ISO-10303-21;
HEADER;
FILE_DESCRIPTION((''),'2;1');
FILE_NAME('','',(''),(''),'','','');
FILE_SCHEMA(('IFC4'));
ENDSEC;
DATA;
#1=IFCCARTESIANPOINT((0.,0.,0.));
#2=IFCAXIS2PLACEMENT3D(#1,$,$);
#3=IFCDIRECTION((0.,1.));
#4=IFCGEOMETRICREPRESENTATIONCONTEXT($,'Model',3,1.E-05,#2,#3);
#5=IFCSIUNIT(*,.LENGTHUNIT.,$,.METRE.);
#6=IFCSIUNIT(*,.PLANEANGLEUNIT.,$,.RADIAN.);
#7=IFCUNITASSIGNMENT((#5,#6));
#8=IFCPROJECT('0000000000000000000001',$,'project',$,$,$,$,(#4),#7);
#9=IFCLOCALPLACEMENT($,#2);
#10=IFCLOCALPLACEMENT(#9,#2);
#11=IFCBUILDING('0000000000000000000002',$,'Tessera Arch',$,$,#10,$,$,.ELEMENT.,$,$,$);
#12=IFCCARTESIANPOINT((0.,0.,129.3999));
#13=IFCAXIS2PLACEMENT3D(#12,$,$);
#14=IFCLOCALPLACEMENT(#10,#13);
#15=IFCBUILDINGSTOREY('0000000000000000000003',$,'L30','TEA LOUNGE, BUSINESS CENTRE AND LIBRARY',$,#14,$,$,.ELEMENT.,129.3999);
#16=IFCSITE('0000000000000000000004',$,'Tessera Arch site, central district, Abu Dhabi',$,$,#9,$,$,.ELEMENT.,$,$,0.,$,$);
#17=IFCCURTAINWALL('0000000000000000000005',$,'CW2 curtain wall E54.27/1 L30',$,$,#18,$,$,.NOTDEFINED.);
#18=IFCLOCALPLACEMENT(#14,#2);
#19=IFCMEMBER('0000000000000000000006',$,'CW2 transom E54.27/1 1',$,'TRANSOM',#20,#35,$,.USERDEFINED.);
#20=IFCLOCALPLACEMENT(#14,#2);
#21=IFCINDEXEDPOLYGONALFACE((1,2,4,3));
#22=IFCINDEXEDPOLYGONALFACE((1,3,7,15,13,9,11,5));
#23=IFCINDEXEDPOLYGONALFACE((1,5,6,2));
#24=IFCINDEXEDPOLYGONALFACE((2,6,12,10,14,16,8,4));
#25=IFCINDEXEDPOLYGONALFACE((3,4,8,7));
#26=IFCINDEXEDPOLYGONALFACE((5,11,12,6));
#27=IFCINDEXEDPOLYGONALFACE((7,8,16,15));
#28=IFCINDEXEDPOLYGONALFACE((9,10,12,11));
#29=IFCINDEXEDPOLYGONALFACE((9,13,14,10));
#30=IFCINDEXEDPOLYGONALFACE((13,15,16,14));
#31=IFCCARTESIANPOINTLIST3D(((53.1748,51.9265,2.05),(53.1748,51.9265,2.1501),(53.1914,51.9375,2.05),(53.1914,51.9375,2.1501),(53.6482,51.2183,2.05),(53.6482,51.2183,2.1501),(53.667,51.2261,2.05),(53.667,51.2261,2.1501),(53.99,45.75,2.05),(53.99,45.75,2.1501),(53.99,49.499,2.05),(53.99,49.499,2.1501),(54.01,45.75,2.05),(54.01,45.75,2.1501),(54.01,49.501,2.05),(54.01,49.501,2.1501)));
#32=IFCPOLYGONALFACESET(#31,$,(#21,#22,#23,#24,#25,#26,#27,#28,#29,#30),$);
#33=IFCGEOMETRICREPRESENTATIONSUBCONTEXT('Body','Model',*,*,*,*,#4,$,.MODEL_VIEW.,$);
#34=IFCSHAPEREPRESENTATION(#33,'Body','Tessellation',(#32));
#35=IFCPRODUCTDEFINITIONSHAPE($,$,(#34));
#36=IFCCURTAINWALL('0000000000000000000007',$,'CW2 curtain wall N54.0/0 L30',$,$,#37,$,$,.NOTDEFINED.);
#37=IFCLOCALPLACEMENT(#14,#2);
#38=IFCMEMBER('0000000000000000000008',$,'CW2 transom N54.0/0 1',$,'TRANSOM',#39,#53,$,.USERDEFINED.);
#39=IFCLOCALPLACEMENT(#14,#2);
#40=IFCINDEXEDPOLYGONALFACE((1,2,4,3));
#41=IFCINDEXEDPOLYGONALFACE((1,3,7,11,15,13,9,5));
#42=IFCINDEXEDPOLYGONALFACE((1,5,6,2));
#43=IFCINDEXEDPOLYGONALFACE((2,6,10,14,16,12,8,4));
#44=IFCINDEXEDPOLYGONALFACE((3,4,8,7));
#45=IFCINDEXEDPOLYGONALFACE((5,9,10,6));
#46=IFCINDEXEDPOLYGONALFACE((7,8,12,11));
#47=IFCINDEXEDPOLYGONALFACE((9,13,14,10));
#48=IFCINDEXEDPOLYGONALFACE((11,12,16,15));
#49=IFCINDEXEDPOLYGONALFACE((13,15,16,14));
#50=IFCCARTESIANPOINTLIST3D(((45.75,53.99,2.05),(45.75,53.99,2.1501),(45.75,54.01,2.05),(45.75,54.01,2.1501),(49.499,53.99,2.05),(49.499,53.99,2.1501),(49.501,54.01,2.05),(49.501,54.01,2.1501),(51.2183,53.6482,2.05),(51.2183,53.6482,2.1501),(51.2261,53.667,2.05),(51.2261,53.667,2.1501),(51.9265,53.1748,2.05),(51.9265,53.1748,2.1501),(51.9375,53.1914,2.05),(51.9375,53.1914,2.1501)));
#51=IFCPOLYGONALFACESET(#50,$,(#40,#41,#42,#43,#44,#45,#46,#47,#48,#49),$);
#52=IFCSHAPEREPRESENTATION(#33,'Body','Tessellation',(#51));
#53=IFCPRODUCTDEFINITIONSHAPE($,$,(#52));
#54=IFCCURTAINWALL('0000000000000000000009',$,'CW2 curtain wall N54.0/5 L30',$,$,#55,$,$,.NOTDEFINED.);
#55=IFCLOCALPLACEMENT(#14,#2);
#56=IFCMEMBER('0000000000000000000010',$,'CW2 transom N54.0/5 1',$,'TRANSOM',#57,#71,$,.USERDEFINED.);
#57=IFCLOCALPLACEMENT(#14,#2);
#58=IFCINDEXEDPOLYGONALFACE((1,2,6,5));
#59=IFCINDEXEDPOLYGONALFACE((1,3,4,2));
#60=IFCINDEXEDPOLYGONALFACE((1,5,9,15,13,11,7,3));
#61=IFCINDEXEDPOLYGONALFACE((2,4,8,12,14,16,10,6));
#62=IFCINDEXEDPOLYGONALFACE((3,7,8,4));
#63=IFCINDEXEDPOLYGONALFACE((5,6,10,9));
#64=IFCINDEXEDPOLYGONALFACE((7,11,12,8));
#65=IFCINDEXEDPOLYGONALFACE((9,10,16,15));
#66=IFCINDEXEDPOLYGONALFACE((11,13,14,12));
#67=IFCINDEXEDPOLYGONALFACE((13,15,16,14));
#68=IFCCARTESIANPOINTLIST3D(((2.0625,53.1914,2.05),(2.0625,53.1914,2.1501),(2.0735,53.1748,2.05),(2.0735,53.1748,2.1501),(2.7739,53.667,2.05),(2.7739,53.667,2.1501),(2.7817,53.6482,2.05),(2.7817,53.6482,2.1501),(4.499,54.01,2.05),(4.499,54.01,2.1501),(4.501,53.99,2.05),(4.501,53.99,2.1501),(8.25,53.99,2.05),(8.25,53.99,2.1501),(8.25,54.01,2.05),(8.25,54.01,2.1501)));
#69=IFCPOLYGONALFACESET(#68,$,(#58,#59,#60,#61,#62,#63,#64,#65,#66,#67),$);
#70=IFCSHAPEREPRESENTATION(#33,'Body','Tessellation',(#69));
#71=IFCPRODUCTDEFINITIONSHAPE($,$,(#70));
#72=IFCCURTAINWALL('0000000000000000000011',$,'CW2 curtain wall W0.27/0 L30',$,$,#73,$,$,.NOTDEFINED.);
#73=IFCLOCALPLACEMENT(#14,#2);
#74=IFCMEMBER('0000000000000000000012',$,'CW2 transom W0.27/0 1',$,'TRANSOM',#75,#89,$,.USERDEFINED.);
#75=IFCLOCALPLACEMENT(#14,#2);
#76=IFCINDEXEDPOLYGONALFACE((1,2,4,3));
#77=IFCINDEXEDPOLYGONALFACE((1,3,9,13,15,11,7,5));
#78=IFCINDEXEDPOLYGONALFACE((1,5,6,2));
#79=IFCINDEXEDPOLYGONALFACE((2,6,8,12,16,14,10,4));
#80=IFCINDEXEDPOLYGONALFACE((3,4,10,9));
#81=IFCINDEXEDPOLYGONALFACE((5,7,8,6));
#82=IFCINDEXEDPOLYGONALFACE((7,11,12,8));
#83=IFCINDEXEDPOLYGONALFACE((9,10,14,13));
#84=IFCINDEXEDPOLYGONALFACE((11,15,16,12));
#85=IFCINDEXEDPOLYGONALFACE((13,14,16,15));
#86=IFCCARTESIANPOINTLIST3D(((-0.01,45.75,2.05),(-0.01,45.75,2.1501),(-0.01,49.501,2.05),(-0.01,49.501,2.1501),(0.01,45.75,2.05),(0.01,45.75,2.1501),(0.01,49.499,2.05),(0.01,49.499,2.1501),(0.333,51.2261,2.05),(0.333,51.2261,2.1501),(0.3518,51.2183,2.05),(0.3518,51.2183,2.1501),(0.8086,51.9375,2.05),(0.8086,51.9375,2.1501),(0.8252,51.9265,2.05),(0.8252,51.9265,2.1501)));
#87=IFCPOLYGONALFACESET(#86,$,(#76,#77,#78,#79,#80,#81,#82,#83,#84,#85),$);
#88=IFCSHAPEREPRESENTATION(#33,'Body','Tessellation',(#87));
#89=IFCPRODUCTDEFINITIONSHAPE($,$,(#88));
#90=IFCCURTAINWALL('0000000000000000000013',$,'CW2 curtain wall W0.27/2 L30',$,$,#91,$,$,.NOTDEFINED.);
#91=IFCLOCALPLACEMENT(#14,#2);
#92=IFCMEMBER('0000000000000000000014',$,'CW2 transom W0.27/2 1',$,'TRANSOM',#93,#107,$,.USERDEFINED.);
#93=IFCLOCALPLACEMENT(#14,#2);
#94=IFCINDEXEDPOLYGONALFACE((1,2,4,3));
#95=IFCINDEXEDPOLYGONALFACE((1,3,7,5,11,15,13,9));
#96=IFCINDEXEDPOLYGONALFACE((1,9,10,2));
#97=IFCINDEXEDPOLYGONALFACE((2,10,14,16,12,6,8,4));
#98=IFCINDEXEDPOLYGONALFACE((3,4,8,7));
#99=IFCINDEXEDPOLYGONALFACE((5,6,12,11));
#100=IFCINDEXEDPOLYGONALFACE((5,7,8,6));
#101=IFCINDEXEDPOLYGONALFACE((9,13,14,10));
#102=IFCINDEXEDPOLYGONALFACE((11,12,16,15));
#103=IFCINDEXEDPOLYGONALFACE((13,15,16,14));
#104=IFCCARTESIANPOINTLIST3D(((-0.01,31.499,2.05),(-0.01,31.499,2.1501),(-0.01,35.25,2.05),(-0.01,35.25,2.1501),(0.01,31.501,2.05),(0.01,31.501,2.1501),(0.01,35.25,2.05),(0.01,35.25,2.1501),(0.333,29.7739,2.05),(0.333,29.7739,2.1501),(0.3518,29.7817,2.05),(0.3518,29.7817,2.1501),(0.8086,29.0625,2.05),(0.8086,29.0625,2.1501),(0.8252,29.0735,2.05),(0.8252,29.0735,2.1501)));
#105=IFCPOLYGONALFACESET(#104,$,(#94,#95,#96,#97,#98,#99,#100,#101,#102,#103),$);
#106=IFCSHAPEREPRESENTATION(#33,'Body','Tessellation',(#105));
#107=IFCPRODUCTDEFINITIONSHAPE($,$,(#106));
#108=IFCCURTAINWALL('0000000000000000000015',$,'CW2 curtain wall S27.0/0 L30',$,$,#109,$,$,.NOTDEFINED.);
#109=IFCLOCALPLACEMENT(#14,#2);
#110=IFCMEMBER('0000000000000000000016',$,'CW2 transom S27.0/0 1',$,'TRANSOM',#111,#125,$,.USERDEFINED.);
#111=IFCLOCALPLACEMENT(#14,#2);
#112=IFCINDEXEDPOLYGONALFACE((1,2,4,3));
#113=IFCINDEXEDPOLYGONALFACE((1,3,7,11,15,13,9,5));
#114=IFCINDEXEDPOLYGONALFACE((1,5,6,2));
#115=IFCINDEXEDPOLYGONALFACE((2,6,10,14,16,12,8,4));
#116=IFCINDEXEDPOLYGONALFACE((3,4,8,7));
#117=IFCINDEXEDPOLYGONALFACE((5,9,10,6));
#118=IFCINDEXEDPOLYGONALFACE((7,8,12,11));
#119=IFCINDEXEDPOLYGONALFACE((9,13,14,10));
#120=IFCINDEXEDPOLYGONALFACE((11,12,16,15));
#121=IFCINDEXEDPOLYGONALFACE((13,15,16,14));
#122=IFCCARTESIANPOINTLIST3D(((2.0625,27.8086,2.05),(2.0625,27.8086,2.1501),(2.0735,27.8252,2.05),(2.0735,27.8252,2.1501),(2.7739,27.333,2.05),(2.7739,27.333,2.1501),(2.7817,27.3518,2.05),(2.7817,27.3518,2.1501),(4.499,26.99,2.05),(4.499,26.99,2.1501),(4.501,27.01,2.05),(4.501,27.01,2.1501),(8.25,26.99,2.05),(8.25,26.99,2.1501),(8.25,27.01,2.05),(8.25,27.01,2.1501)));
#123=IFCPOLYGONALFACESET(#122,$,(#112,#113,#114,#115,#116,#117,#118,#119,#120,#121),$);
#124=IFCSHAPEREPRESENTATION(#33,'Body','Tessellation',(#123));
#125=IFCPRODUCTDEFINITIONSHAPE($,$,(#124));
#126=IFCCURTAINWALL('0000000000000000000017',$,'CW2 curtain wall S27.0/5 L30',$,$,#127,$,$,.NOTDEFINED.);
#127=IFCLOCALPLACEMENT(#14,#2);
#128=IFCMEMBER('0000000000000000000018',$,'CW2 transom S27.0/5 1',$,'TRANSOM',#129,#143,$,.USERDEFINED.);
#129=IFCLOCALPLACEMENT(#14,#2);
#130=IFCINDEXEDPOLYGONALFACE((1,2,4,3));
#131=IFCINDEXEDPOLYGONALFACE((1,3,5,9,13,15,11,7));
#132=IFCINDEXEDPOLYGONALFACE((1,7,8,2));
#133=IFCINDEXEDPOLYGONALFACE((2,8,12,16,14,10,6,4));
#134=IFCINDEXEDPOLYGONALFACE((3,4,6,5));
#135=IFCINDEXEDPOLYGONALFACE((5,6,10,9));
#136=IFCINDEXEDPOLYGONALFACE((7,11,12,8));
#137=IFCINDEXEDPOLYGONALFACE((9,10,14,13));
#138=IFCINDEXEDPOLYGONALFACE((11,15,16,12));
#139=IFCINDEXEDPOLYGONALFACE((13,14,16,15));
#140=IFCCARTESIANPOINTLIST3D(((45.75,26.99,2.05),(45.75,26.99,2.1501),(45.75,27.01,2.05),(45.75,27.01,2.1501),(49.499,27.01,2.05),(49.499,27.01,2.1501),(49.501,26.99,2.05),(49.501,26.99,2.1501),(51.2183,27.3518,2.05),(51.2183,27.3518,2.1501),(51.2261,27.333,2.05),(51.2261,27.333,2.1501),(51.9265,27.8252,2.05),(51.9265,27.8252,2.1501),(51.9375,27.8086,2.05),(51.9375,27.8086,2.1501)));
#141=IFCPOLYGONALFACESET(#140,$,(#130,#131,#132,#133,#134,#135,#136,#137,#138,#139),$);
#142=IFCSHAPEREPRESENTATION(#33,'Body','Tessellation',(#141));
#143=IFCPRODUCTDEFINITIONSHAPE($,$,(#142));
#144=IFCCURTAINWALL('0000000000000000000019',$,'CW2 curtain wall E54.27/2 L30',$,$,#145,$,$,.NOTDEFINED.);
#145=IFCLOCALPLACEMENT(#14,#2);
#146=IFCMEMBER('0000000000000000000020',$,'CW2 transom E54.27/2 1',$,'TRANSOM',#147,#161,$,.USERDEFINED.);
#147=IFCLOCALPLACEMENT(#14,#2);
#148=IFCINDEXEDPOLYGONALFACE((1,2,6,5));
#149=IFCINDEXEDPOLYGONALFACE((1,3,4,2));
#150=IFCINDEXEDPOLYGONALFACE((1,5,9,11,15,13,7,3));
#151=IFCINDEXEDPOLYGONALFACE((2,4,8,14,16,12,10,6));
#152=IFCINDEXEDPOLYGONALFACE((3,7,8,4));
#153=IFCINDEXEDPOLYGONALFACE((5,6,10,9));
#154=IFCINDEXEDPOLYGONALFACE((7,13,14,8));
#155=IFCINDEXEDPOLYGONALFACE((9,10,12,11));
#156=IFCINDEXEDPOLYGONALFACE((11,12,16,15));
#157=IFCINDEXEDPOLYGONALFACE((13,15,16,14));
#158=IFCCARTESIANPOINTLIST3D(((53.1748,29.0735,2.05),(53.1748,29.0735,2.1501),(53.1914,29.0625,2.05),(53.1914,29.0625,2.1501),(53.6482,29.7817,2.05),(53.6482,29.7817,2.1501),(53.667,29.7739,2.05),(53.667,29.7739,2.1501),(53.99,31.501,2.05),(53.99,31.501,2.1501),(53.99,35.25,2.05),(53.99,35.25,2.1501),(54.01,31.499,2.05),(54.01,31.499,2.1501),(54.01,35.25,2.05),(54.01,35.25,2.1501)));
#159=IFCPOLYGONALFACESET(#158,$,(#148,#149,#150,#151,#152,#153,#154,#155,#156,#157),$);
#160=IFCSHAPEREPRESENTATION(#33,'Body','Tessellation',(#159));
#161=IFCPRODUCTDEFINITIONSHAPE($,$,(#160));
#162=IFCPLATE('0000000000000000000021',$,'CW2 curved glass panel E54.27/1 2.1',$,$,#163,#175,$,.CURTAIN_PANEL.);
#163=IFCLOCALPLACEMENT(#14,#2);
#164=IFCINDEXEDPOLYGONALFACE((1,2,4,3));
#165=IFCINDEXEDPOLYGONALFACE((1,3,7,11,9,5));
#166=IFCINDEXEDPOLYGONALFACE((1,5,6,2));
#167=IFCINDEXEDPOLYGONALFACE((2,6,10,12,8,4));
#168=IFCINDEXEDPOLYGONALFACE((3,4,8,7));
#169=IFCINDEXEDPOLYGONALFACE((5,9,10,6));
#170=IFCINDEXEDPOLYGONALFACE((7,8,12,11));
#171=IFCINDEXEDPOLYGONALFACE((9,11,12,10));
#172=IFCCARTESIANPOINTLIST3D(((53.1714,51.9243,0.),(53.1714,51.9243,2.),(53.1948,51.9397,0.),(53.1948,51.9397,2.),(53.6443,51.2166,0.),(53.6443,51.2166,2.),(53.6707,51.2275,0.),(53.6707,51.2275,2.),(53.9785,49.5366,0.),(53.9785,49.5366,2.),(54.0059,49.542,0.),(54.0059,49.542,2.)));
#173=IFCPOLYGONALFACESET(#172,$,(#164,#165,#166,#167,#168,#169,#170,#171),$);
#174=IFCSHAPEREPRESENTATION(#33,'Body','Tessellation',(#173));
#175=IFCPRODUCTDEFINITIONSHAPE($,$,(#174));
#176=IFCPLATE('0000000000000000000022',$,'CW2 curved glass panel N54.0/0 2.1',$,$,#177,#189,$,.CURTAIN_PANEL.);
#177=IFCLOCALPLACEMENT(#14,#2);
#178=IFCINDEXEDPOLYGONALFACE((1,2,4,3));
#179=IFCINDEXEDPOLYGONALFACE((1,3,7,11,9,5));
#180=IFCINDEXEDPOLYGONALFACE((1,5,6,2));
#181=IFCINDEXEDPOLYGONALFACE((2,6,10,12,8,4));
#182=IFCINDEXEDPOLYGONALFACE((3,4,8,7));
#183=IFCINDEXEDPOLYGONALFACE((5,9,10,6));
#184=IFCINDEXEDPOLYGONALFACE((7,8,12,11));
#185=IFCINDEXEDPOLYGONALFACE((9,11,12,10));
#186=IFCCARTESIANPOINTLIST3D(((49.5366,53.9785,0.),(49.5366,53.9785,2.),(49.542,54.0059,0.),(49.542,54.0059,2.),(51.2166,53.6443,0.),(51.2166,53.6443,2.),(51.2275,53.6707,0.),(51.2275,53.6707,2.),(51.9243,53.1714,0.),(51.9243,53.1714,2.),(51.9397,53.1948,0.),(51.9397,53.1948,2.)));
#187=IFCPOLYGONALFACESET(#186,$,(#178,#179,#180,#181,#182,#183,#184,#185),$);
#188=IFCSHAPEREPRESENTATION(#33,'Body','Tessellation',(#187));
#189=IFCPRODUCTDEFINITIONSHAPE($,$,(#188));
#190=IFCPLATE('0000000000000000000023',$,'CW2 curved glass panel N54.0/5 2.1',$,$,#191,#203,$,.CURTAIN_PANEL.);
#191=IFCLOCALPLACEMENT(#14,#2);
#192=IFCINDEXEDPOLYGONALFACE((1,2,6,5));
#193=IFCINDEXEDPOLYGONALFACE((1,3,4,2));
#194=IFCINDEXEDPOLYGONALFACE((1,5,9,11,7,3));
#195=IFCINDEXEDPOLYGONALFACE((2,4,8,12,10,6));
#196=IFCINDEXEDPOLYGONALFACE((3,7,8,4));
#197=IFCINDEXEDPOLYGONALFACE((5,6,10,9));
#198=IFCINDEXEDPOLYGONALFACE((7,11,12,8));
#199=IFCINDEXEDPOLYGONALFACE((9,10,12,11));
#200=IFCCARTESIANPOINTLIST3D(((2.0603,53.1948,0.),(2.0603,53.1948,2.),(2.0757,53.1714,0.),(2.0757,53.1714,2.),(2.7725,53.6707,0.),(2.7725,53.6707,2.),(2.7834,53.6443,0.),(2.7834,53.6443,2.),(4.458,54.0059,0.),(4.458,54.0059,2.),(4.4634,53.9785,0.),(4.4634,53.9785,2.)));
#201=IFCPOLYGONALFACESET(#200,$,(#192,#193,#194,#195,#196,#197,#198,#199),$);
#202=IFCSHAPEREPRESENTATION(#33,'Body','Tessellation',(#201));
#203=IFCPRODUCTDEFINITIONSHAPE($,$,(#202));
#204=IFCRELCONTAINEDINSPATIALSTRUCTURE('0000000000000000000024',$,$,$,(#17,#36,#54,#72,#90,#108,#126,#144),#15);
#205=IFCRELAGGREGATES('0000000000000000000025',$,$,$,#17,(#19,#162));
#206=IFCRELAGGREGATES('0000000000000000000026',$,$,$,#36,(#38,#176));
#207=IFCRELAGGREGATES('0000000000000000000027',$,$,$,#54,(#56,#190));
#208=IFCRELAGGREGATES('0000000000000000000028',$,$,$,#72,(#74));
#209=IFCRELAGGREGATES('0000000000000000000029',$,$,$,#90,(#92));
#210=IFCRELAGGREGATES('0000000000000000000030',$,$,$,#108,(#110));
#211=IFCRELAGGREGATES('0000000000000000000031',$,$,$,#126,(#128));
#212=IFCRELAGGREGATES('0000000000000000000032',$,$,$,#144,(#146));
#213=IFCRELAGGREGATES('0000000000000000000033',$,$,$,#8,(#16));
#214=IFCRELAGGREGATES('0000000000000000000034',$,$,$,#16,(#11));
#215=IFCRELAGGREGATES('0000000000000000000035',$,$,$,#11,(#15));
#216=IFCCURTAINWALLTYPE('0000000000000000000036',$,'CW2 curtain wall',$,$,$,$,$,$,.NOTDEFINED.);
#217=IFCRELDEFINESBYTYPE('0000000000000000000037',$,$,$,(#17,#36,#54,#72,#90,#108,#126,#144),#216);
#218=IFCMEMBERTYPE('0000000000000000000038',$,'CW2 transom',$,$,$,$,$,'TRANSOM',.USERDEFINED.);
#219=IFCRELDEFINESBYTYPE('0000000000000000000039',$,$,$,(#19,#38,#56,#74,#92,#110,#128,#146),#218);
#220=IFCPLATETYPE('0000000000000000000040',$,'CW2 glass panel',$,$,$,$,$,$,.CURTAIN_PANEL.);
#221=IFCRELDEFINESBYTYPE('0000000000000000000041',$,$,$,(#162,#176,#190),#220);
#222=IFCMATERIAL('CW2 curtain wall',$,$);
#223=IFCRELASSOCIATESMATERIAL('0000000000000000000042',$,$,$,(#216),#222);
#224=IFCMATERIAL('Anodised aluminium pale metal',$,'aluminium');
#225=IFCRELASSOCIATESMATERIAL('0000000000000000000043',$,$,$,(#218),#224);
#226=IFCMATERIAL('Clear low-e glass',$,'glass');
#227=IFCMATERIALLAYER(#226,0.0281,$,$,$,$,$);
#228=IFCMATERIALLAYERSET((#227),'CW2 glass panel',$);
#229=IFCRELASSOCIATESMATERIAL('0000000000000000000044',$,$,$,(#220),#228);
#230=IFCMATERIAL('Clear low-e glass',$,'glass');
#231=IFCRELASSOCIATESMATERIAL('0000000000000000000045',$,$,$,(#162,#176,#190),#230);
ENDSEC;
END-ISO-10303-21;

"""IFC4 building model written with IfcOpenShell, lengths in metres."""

from ifc_helpers import new_model, si_unit, direction, frame, origin, origin_2d, place, context, subcontext, project, spatial, polyline, rectangle, outline, extrude, material, layer, layer_set, material_profile, profile_set, type_object, element, aggregate, save


model = new_model("IFC4")

# Units and contexts
model_context = context("Model", 3, precision=1e-05, world=origin(), true_north=direction((0.0, 1.0)))
body_context = subcontext(model_context, "Body", "Model", "MODEL_VIEW")
ifc_project = project(units=[si_unit("LENGTHUNIT", "METRE"), si_unit("PLANEANGLEUNIT", "RADIAN")], contexts=[model_context])

# Site, building, storey
site_placement = place(None, origin())
site = spatial("IfcSite", under=ifc_project, at=site_placement, Name="Tessera Arch site, central district, Abu Dhabi", CompositionType="ELEMENT", RefElevation=0.0)
building_placement = place(site_placement, origin())
building = spatial("IfcBuilding", under=site, at=building_placement, Name="Tessera Arch", CompositionType="ELEMENT")
storey_placement = place(building_placement, frame((0.0, 0.0, 129.3999)))
storey = spatial("IfcBuildingStorey", under=building, at=storey_placement, Name="L30", Description="TEA LOUNGE, BUSINESS CENTRE AND LIBRARY", CompositionType="ELEMENT", Elevation=129.3999)

# Curtain walls, members
ifc_material_1 = material(Name="CW2 curtain wall")
curtain_wall_type = type_object("IfcCurtainWallType", Name="CW2 curtain wall", PredefinedType="NOTDEFINED", material=ifc_material_1)
curtain_wall_1_placement = place(storey_placement, origin())
curtain_wall_1 = element("IfcCurtainWall", 1, at=curtain_wall_1_placement, inside=storey, type_object=curtain_wall_type, Name="CW2 curtain wall E54.27/1 L30", PredefinedType="NOTDEFINED")
ifc_material_2 = material(Name="Anodised aluminium pale metal", Category="aluminium")
ifc_material_profile = material_profile(ifc_material_2, rectangle(XDim=0.2, YDim=0.1001, at=origin_2d()), Name="AL 200x100")
ifc_profile_set = profile_set([ifc_material_profile], Name="Anodised aluminium pale metal")
member_type = type_object("IfcMemberType", Name="CW2 transom", ElementType="TRANSOM", PredefinedType="USERDEFINED", material=ifc_profile_set)
member_1_placement = place(storey_placement, frame((0.0, 0.0, 2.05)))
member_1 = element("IfcMember", 2, at=member_1_placement, type_object=member_type, Name="CW2 transom E54.27/1 1", ObjectType="TRANSOM", PredefinedType="USERDEFINED", context=body_context, shape_type="SweptSolid", body=[
    extrude(outline(polyline([(53.99, 49.499), (53.99, 45.75), (54.01, 45.75), (54.01, 49.501), (53.667, 51.2261), (53.1914, 51.9375), (53.1748, 51.9265), (53.6482, 51.2183), (53.99, 49.499)])), origin(), (0.0, 0.0, 1.0), 0.1001),
])
curtain_wall_2_placement = place(storey_placement, origin())
curtain_wall_2 = element("IfcCurtainWall", 3, at=curtain_wall_2_placement, inside=storey, type_object=curtain_wall_type, Name="CW2 curtain wall N54.0/0 L30", PredefinedType="NOTDEFINED")
member_2_placement = place(storey_placement, frame((0.0, 0.0, 2.05)))
member_2 = element("IfcMember", 4, at=member_2_placement, type_object=member_type, Name="CW2 transom N54.0/0 1", ObjectType="TRANSOM", PredefinedType="USERDEFINED", context=body_context, shape_type="SweptSolid", body=[
    extrude(outline(polyline([(51.2183, 53.6482), (51.9265, 53.1748), (51.9375, 53.1914), (51.2261, 53.667), (49.501, 54.01), (45.75, 54.01), (45.75, 53.99), (49.499, 53.99), (51.2183, 53.6482)])), origin(), (0.0, 0.0, 1.0), 0.1001),
])
curtain_wall_3_placement = place(storey_placement, origin())
curtain_wall_3 = element("IfcCurtainWall", 5, at=curtain_wall_3_placement, inside=storey, type_object=curtain_wall_type, Name="CW2 curtain wall N54.0/5 L30", PredefinedType="NOTDEFINED")
member_3_placement = place(storey_placement, frame((0.0, 0.0, 2.05)))
member_3 = element("IfcMember", 6, at=member_3_placement, type_object=member_type, Name="CW2 transom N54.0/5 1", ObjectType="TRANSOM", PredefinedType="USERDEFINED", context=body_context, shape_type="SweptSolid", body=[
    extrude(outline(polyline([(4.501, 53.99), (8.25, 53.99), (8.25, 54.01), (4.499, 54.01), (2.7739, 53.667), (2.0625, 53.1914), (2.0735, 53.1748), (2.7817, 53.6482), (4.501, 53.99)])), origin(), (0.0, 0.0, 1.0), 0.1001),
])
curtain_wall_4_placement = place(storey_placement, origin())
curtain_wall_4 = element("IfcCurtainWall", 7, at=curtain_wall_4_placement, inside=storey, type_object=curtain_wall_type, Name="CW2 curtain wall W0.27/0 L30", PredefinedType="NOTDEFINED")
member_4_placement = place(storey_placement, frame((0.0, 0.0, 2.05)))
member_4 = element("IfcMember", 8, at=member_4_placement, type_object=member_type, Name="CW2 transom W0.27/0 1", ObjectType="TRANSOM", PredefinedType="USERDEFINED", context=body_context, shape_type="SweptSolid", body=[
    extrude(outline(polyline([(0.3518, 51.2183), (0.8252, 51.9265), (0.8086, 51.9375), (0.333, 51.2261), (-0.01, 49.501), (-0.01, 45.75), (0.01, 45.75), (0.01, 49.499), (0.3518, 51.2183)])), origin(), (0.0, 0.0, 1.0), 0.1001),
])
curtain_wall_5_placement = place(storey_placement, origin())
curtain_wall_5 = element("IfcCurtainWall", 9, at=curtain_wall_5_placement, inside=storey, type_object=curtain_wall_type, Name="CW2 curtain wall W0.27/2 L30", PredefinedType="NOTDEFINED")
member_5_placement = place(storey_placement, frame((0.0, 0.0, 2.05)))
member_5 = element("IfcMember", 10, at=member_5_placement, type_object=member_type, Name="CW2 transom W0.27/2 1", ObjectType="TRANSOM", PredefinedType="USERDEFINED", context=body_context, shape_type="SweptSolid", body=[
    extrude(outline(polyline([(0.01, 31.501), (0.01, 35.25), (-0.01, 35.25), (-0.01, 31.499), (0.333, 29.7739), (0.8086, 29.0625), (0.8252, 29.0735), (0.3518, 29.7817), (0.01, 31.501)])), origin(), (0.0, 0.0, 1.0), 0.1001),
])
curtain_wall_6_placement = place(storey_placement, origin())
curtain_wall_6 = element("IfcCurtainWall", 11, at=curtain_wall_6_placement, inside=storey, type_object=curtain_wall_type, Name="CW2 curtain wall S27.0/0 L30", PredefinedType="NOTDEFINED")
member_6_placement = place(storey_placement, frame((0.0, 0.0, 2.05)))
member_6 = element("IfcMember", 12, at=member_6_placement, type_object=member_type, Name="CW2 transom S27.0/0 1", ObjectType="TRANSOM", PredefinedType="USERDEFINED", context=body_context, shape_type="SweptSolid", body=[
    extrude(outline(polyline([(2.7817, 27.3518), (2.0735, 27.8252), (2.0625, 27.8086), (2.7739, 27.333), (4.499, 26.99), (8.25, 26.99), (8.25, 27.01), (4.501, 27.01), (2.7817, 27.3518)])), origin(), (0.0, 0.0, 1.0), 0.1001),
])
curtain_wall_7_placement = place(storey_placement, origin())
curtain_wall_7 = element("IfcCurtainWall", 13, at=curtain_wall_7_placement, inside=storey, type_object=curtain_wall_type, Name="CW2 curtain wall S27.0/5 L30", PredefinedType="NOTDEFINED")
member_7_placement = place(storey_placement, frame((0.0, 0.0, 2.05)))
member_7 = element("IfcMember", 14, at=member_7_placement, type_object=member_type, Name="CW2 transom S27.0/5 1", ObjectType="TRANSOM", PredefinedType="USERDEFINED", context=body_context, shape_type="SweptSolid", body=[
    extrude(outline(polyline([(49.499, 27.01), (45.75, 27.01), (45.75, 26.99), (49.501, 26.99), (51.2261, 27.333), (51.9375, 27.8086), (51.9265, 27.8252), (51.2183, 27.3518), (49.499, 27.01)])), origin(), (0.0, 0.0, 1.0), 0.1001),
])
curtain_wall_8_placement = place(storey_placement, origin())
curtain_wall_8 = element("IfcCurtainWall", 15, at=curtain_wall_8_placement, inside=storey, type_object=curtain_wall_type, Name="CW2 curtain wall E54.27/2 L30", PredefinedType="NOTDEFINED")
member_8_placement = place(storey_placement, frame((0.0, 0.0, 2.05)))
member_8 = element("IfcMember", 16, at=member_8_placement, type_object=member_type, Name="CW2 transom E54.27/2 1", ObjectType="TRANSOM", PredefinedType="USERDEFINED", context=body_context, shape_type="SweptSolid", body=[
    extrude(outline(polyline([(53.6482, 29.7817), (53.1748, 29.0735), (53.1914, 29.0625), (53.667, 29.7739), (54.01, 31.499), (54.01, 35.25), (53.99, 35.25), (53.99, 31.501), (53.6482, 29.7817)])), origin(), (0.0, 0.0, 1.0), 0.1001),
])

# Plates
ifc_material_3 = material(Name="Clear low-e glass", Category="glass")
ifc_material_4 = material(Name="Clear low-e glass", Category="glass")
ifc_layer_1 = layer(ifc_material_4, 0.0281)
ifc_layer_set_1 = layer_set([ifc_layer_1], Name="CW2 glass panel")
plate_type = type_object("IfcPlateType", Name="CW2 glass panel", PredefinedType="CURTAIN_PANEL", material=ifc_layer_set_1)
plate_1_placement = place(storey_placement, origin())
plate_1 = element("IfcPlate", 17, at=plate_1_placement, type_object=plate_type, material=ifc_material_3, Name="CW2 curved glass panel E54.27/1 2.1", PredefinedType="CURTAIN_PANEL", context=body_context, shape_type="SweptSolid", body=[
    extrude(outline(polyline([(53.6443, 51.2166), (53.9785, 49.5366), (54.0059, 49.542), (53.6707, 51.2275), (53.1948, 51.9397), (53.1714, 51.9243), (53.6443, 51.2166)])), origin(), (0.0, 0.0, 1.0), 2.0),
])
aggregate(curtain_wall_1, [member_1, plate_1])
plate_2_placement = place(storey_placement, origin())
plate_2 = element("IfcPlate", 18, at=plate_2_placement, type_object=plate_type, material=ifc_material_3, Name="CW2 curved glass panel N54.0/0 2.1", PredefinedType="CURTAIN_PANEL", context=body_context, shape_type="SweptSolid", body=[
    extrude(outline(polyline([(51.2166, 53.6443), (51.9243, 53.1714), (51.9397, 53.1948), (51.2275, 53.6707), (49.542, 54.0059), (49.5366, 53.9785), (51.2166, 53.6443)])), origin(), (0.0, 0.0, 1.0), 2.0),
])
aggregate(curtain_wall_2, [member_2, plate_2])
plate_3_placement = place(storey_placement, origin())
plate_3 = element("IfcPlate", 19, at=plate_3_placement, type_object=plate_type, material=ifc_material_3, Name="CW2 curved glass panel N54.0/5 2.1", PredefinedType="CURTAIN_PANEL", context=body_context, shape_type="SweptSolid", body=[
    extrude(outline(polyline([(2.7834, 53.6443), (4.4634, 53.9785), (4.458, 54.0059), (2.7725, 53.6707), (2.0603, 53.1948), (2.0757, 53.1714), (2.7834, 53.6443)])), origin(), (0.0, 0.0, 1.0), 2.0),
])
aggregate(curtain_wall_3, [member_3, plate_3])
aggregate(curtain_wall_4, [member_4])
aggregate(curtain_wall_5, [member_5])
aggregate(curtain_wall_6, [member_6])
aggregate(curtain_wall_7, [member_7])
aggregate(curtain_wall_8, [member_8])

save(model, "model.ifc")
